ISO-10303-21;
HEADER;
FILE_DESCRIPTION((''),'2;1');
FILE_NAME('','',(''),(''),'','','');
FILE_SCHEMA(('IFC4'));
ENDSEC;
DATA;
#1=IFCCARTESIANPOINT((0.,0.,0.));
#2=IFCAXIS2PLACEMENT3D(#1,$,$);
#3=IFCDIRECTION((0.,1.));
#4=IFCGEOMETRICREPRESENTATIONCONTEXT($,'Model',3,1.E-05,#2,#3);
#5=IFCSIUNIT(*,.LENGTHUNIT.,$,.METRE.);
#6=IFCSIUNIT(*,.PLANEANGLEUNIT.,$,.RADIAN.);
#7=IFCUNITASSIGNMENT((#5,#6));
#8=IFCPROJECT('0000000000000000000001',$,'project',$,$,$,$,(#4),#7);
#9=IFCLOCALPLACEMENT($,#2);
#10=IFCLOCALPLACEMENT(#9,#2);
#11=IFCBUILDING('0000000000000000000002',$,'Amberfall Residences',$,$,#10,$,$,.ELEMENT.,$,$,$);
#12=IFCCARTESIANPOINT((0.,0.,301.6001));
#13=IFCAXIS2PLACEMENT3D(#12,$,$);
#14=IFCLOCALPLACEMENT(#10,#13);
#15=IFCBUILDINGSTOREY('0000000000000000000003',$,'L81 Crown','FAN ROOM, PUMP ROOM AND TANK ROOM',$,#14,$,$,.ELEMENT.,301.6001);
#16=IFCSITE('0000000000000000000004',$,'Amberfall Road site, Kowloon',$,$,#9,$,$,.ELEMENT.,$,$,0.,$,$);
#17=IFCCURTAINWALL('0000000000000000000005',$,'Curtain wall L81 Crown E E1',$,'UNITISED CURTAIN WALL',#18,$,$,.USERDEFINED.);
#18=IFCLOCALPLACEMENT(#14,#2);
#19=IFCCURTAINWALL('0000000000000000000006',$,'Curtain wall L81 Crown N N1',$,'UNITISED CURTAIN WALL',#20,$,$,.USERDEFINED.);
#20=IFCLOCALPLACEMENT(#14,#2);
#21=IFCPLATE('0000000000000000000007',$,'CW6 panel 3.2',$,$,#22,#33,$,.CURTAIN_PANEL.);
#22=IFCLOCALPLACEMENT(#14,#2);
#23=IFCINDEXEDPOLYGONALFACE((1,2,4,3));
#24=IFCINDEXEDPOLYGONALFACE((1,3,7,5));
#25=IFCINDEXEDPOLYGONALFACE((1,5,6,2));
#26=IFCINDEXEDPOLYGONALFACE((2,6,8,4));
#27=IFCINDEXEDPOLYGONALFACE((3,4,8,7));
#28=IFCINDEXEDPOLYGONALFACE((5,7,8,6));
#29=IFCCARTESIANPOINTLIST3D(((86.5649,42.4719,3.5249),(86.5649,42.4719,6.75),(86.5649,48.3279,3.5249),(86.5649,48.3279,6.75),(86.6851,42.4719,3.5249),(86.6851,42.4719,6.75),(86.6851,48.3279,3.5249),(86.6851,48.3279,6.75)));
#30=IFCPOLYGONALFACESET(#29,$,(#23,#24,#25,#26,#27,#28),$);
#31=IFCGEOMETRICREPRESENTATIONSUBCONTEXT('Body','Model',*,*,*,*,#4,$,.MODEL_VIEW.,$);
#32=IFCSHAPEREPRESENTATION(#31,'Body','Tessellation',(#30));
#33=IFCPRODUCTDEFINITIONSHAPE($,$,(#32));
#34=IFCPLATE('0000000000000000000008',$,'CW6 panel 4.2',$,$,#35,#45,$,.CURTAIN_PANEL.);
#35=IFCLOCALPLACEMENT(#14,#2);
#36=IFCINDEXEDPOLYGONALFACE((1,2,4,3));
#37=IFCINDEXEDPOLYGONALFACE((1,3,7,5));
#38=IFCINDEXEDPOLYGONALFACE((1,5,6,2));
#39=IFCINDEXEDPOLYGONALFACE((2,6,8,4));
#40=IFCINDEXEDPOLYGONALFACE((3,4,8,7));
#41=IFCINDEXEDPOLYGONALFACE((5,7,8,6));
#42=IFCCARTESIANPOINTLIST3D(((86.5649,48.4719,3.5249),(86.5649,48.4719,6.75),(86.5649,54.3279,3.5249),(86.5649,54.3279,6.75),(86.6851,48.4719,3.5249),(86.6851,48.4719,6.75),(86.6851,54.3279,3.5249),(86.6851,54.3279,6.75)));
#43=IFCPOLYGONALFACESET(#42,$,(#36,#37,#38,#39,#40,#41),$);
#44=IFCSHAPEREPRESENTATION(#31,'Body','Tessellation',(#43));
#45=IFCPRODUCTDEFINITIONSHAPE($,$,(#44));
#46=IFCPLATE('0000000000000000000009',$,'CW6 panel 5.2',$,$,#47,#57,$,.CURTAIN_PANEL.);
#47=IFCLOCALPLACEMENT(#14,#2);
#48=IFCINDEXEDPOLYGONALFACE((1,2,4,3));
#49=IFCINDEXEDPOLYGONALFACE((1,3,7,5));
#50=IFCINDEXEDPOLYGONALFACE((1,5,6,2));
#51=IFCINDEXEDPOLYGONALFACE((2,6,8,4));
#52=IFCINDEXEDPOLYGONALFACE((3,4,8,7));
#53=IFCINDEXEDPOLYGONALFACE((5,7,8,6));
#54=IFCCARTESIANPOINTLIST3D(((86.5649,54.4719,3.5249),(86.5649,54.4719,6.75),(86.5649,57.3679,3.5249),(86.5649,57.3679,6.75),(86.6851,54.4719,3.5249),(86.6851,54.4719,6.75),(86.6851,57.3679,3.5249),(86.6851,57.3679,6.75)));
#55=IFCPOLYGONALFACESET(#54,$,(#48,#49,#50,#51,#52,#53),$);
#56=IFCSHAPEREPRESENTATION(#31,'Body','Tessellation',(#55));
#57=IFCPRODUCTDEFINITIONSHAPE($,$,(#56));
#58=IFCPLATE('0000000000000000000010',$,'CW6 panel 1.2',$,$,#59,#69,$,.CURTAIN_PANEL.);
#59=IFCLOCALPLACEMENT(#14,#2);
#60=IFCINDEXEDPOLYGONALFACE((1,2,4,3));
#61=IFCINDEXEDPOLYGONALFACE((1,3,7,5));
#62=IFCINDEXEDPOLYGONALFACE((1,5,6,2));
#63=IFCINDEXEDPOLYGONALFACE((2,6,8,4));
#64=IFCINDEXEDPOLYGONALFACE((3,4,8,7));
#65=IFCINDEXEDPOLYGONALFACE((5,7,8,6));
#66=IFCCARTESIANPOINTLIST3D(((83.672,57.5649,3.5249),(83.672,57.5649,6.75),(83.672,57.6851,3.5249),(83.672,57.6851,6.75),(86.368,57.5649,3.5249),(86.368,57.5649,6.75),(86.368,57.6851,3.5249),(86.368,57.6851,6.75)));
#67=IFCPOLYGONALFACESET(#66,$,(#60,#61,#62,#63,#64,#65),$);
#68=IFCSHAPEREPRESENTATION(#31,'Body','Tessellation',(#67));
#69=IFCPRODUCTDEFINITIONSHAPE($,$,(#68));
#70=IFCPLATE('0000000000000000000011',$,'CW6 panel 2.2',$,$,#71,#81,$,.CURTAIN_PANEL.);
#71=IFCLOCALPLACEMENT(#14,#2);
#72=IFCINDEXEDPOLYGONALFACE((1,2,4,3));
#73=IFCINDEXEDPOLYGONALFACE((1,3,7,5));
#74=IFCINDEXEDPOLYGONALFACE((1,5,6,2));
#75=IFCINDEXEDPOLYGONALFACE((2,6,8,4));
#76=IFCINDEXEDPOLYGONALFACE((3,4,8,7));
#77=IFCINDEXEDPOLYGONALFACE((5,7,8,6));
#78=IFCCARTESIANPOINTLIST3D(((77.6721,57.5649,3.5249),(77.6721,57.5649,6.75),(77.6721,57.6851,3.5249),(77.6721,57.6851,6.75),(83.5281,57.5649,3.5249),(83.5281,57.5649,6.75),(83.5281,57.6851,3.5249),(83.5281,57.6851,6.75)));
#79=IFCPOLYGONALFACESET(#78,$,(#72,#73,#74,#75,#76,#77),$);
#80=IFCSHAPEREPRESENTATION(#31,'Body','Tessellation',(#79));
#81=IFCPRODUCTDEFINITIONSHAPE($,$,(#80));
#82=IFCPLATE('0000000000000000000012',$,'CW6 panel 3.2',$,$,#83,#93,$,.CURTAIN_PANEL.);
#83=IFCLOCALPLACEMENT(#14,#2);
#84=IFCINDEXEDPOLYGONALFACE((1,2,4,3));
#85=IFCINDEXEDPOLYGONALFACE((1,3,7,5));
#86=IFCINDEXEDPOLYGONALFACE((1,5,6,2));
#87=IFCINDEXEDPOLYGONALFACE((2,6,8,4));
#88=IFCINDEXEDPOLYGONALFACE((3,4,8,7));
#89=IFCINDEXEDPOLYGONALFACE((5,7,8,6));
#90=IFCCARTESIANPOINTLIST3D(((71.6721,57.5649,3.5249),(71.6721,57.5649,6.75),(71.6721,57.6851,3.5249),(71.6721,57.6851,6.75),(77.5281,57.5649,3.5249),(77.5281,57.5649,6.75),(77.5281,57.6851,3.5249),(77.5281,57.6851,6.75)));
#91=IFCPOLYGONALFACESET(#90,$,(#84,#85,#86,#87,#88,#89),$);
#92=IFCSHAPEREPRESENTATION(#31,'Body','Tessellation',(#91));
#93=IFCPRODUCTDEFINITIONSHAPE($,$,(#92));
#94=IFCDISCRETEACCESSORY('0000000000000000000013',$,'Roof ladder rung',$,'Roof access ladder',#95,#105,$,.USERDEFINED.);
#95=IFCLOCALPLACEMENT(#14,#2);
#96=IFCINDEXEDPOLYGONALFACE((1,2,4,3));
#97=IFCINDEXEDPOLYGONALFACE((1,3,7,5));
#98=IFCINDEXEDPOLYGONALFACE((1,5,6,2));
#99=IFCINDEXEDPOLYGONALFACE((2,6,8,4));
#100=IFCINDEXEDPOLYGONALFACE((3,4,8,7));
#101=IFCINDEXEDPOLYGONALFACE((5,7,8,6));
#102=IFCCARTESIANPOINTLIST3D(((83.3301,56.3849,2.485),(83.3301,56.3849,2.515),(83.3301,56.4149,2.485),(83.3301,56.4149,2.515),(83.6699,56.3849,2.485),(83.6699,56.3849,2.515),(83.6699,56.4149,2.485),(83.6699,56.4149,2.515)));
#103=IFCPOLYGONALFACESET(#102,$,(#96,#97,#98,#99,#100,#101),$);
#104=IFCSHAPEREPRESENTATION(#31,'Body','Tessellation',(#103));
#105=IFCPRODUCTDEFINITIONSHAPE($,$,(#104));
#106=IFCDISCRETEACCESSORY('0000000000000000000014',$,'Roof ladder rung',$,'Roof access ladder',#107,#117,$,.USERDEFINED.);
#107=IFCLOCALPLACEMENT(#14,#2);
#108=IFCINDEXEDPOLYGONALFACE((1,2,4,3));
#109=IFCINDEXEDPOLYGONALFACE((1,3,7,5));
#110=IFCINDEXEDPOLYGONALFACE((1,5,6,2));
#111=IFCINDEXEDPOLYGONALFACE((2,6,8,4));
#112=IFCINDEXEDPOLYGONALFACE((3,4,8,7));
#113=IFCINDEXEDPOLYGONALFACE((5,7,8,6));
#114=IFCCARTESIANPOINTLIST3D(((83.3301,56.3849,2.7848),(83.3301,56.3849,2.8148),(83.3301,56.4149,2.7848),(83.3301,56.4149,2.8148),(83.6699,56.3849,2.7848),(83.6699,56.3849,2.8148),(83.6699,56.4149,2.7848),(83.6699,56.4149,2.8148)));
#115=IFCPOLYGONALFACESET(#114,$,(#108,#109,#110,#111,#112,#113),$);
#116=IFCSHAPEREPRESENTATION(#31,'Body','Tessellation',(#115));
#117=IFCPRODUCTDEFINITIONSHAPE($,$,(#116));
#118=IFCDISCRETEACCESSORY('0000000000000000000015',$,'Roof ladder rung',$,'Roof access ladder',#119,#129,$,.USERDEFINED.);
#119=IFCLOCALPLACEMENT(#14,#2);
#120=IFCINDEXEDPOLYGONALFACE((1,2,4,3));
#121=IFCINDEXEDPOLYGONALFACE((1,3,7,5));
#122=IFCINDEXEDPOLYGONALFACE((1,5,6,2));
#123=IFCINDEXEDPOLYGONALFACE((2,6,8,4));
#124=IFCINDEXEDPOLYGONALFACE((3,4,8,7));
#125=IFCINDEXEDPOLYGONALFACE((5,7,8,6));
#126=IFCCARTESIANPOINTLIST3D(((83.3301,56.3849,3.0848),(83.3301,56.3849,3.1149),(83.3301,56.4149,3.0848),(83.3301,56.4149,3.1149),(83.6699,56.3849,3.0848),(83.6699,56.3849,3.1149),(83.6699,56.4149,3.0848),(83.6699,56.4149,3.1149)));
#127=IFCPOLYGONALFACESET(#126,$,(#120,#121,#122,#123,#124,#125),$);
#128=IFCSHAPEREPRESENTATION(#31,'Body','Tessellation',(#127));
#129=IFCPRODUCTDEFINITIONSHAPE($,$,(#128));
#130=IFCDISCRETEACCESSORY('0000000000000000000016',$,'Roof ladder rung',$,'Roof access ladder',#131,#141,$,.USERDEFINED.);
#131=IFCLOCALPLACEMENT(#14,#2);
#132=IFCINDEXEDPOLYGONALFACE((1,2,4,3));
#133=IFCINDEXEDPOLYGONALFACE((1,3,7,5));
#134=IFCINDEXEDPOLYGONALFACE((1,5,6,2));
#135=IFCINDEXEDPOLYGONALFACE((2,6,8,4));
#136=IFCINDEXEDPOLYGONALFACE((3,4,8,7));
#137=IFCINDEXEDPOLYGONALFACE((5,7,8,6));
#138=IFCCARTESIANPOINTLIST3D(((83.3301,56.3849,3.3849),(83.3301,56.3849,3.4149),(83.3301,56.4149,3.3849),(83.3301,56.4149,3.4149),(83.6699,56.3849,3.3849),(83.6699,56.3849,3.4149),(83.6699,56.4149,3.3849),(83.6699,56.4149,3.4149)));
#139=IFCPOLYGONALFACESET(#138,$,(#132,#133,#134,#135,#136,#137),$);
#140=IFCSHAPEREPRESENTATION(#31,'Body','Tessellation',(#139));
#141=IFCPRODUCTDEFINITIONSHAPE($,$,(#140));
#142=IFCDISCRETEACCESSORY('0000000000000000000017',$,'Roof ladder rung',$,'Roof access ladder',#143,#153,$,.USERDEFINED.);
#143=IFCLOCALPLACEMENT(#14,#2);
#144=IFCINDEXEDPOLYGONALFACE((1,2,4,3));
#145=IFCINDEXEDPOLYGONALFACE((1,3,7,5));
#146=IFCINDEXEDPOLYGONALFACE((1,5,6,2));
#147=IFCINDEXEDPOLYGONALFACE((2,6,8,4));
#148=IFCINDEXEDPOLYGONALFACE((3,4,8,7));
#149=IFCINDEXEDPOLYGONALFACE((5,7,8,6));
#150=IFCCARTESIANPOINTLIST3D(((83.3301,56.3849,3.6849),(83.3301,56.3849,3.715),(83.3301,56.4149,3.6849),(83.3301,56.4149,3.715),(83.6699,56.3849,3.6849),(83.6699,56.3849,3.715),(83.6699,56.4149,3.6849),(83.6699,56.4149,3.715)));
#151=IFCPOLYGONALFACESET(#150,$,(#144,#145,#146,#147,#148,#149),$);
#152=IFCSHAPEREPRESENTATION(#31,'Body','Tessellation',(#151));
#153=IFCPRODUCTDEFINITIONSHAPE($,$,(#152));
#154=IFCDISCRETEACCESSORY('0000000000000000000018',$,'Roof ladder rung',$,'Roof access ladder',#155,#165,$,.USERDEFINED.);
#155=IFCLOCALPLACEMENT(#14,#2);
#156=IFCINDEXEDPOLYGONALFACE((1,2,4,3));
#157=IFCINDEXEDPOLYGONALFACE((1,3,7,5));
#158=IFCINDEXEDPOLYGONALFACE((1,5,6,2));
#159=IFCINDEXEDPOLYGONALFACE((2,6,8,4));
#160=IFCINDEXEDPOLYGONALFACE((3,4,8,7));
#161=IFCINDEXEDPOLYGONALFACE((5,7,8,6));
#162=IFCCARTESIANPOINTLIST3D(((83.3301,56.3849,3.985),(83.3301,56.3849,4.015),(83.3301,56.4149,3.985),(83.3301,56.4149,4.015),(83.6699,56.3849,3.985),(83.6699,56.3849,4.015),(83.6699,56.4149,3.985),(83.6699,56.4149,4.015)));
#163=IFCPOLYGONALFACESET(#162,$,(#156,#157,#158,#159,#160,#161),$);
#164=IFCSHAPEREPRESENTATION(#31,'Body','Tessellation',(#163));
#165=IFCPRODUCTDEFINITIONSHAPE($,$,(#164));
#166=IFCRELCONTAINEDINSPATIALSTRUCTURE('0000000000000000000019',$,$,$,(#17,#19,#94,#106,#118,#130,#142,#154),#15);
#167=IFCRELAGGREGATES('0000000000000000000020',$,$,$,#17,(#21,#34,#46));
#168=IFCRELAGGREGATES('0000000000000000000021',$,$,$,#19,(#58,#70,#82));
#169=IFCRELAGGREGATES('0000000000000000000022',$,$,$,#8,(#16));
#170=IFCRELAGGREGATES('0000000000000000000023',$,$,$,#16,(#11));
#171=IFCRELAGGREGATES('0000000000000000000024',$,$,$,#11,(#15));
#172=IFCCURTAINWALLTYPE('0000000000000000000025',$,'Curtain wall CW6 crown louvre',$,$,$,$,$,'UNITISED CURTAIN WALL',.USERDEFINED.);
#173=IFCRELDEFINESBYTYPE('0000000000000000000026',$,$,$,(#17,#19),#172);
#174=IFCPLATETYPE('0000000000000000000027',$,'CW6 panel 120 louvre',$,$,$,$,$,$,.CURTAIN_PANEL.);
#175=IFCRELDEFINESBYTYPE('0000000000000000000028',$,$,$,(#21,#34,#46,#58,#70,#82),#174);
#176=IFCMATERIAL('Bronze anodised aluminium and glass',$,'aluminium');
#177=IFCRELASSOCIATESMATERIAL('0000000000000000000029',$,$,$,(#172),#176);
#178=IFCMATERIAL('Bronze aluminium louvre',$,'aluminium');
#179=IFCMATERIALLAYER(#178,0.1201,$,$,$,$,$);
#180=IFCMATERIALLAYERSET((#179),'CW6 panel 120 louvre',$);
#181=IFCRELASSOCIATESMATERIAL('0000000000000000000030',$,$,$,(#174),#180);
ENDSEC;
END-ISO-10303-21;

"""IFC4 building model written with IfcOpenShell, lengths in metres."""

from ifc_helpers import new_model, si_unit, direction, frame, origin, origin_2d, place, context, subcontext, project, spatial, rectangle, extrude, material, layer, layer_set, type_object, element, aggregate, save


model = new_model("IFC4")

# Units and contexts
model_context = context("Model", 3, precision=1e-05, world=origin(), true_north=direction((0.0, 1.0)))
body_context = subcontext(model_context, "Body", "Model", "MODEL_VIEW")
ifc_project = project(units=[si_unit("LENGTHUNIT", "METRE"), si_unit("PLANEANGLEUNIT", "RADIAN")], contexts=[model_context])

# Site, building, storey
site_placement = place(None, origin())
site = spatial("IfcSite", under=ifc_project, at=site_placement, Name="Amberfall Road site, Kowloon", CompositionType="ELEMENT", RefElevation=0.0)
building_placement = place(site_placement, origin())
building = spatial("IfcBuilding", under=site, at=building_placement, Name="Amberfall Residences", CompositionType="ELEMENT")
storey_placement = place(building_placement, frame((0.0, 0.0, 301.6001)))
storey = spatial("IfcBuildingStorey", under=building, at=storey_placement, Name="L81 Crown", Description="FAN ROOM, PUMP ROOM AND TANK ROOM", CompositionType="ELEMENT", Elevation=301.6001)

# Curtain walls
ifc_material_1 = material(Name="Bronze anodised aluminium and glass", Category="aluminium")
curtain_wall_type = type_object("IfcCurtainWallType", Name="Curtain wall CW6 crown louvre", ElementType="UNITISED CURTAIN WALL", PredefinedType="USERDEFINED", material=ifc_material_1)
curtain_wall_1_placement = place(storey_placement, origin())
curtain_wall_1 = element("IfcCurtainWall", 1, at=curtain_wall_1_placement, inside=storey, type_object=curtain_wall_type, Name="Curtain wall L81 Crown E E1", ObjectType="UNITISED CURTAIN WALL", PredefinedType="USERDEFINED")
curtain_wall_2_placement = place(storey_placement, origin())
curtain_wall_2 = element("IfcCurtainWall", 2, at=curtain_wall_2_placement, inside=storey, type_object=curtain_wall_type, Name="Curtain wall L81 Crown N N1", ObjectType="UNITISED CURTAIN WALL", PredefinedType="USERDEFINED")

# Plates
ifc_material_2 = material(Name="Bronze aluminium louvre", Category="aluminium")
ifc_layer = layer(ifc_material_2, 0.1201)
ifc_layer_set = layer_set([ifc_layer], Name="CW6 panel 120 louvre")
plate_type = type_object("IfcPlateType", Name="CW6 panel 120 louvre", PredefinedType="CURTAIN_PANEL", material=ifc_layer_set)
plate_1_placement = place(storey_placement, frame((86.625, 45.3999, 3.5249), z_axis=(0.0, 0.0, 1.0), x_axis=(0.0, 1.0, 0.0)))
plate_1 = element("IfcPlate", 3, at=plate_1_placement, type_object=plate_type, Name="CW6 panel 3.2", PredefinedType="CURTAIN_PANEL", context=body_context, shape_type="SweptSolid", body=[
    extrude(rectangle(XDim=5.856, YDim=0.1201, at=origin_2d()), origin(), (0.0, 0.0, 1.0), 3.2251),
])
plate_2_placement = place(storey_placement, frame((86.625, 51.3999, 3.5249), z_axis=(0.0, 0.0, 1.0), x_axis=(0.0, 1.0, 0.0)))
plate_2 = element("IfcPlate", 4, at=plate_2_placement, type_object=plate_type, Name="CW6 panel 4.2", PredefinedType="CURTAIN_PANEL", context=body_context, shape_type="SweptSolid", body=[
    extrude(rectangle(XDim=5.856, YDim=0.1201, at=origin_2d()), origin(), (0.0, 0.0, 1.0), 3.2251),
])
plate_3_placement = place(storey_placement, frame((86.625, 55.9199, 3.5249), z_axis=(0.0, 0.0, 1.0), x_axis=(0.0, 1.0, 0.0)))
plate_3 = element("IfcPlate", 5, at=plate_3_placement, type_object=plate_type, Name="CW6 panel 5.2", PredefinedType="CURTAIN_PANEL", context=body_context, shape_type="SweptSolid", body=[
    extrude(rectangle(XDim=2.896, YDim=0.1201, at=origin_2d()), origin(), (0.0, 0.0, 1.0), 3.2251),
])
aggregate(curtain_wall_1, [plate_1, plate_2, plate_3])
plate_4_placement = place(storey_placement, frame((85.02, 57.625, 3.5249), z_axis=(0.0, 0.0, 1.0), x_axis=(-1.0, 0.0, 0.0)))
plate_4 = element("IfcPlate", 6, at=plate_4_placement, type_object=plate_type, Name="CW6 panel 1.2", PredefinedType="CURTAIN_PANEL", context=body_context, shape_type="SweptSolid", body=[
    extrude(rectangle(XDim=2.696, YDim=0.1201, at=origin_2d()), origin(), (0.0, 0.0, 1.0), 3.2251),
])
plate_5_placement = place(storey_placement, frame((80.6001, 57.625, 3.5249), z_axis=(0.0, 0.0, 1.0), x_axis=(-1.0, 0.0, 0.0)))
plate_5 = element("IfcPlate", 7, at=plate_5_placement, type_object=plate_type, Name="CW6 panel 2.2", PredefinedType="CURTAIN_PANEL", context=body_context, shape_type="SweptSolid", body=[
    extrude(rectangle(XDim=5.856, YDim=0.1201, at=origin_2d()), origin(), (0.0, 0.0, 1.0), 3.2251),
])
plate_6_placement = place(storey_placement, frame((74.6001, 57.625, 3.5249), z_axis=(0.0, 0.0, 1.0), x_axis=(-1.0, 0.0, 0.0)))
plate_6 = element("IfcPlate", 8, at=plate_6_placement, type_object=plate_type, Name="CW6 panel 3.2", PredefinedType="CURTAIN_PANEL", context=body_context, shape_type="SweptSolid", body=[
    extrude(rectangle(XDim=5.856, YDim=0.1201, at=origin_2d()), origin(), (0.0, 0.0, 1.0), 3.2251),
])
aggregate(curtain_wall_2, [plate_4, plate_5, plate_6])

# Discrete accessories
for number, where, z_axis, x_axis, name in (
    (9, (83.3301, 56.3999, 2.5), (1.0, 0.0, 0.0), (0.0, 1.0, 0.0), "Roof ladder rung"),
    (10, (83.3301, 56.3999, 2.7998), (1.0, 0.0, 0.0), (0.0, 1.0, 0.0), "Roof ladder rung"),
    (11, (83.3301, 56.3999, 3.0999), (1.0, 0.0, 0.0), (0.0, 1.0, 0.0), "Roof ladder rung"),
    (12, (83.3301, 56.3999, 3.3999), (1.0, 0.0, 0.0), (0.0, 1.0, 0.0), "Roof ladder rung"),
    (13, (83.3301, 56.3999, 3.7), (1.0, 0.0, 0.0), (0.0, 1.0, 0.0), "Roof ladder rung"),
    (14, (83.3301, 56.3999, 4.0), (1.0, 0.0, 0.0), (0.0, 1.0, 0.0), "Roof ladder rung"),
):
    element("IfcDiscreteAccessory", number, at=place(storey_placement, frame(where, z_axis=z_axis, x_axis=x_axis)), inside=storey, Name=name, ObjectType="Roof access ladder", PredefinedType="USERDEFINED", context=body_context, shape_type="SweptSolid", body=[
        extrude(rectangle(XDim=0.03, YDim=0.03, at=origin_2d()), origin(), (0.0, 0.0, 1.0), 0.3398),
    ])

save(model, "model.ifc")
